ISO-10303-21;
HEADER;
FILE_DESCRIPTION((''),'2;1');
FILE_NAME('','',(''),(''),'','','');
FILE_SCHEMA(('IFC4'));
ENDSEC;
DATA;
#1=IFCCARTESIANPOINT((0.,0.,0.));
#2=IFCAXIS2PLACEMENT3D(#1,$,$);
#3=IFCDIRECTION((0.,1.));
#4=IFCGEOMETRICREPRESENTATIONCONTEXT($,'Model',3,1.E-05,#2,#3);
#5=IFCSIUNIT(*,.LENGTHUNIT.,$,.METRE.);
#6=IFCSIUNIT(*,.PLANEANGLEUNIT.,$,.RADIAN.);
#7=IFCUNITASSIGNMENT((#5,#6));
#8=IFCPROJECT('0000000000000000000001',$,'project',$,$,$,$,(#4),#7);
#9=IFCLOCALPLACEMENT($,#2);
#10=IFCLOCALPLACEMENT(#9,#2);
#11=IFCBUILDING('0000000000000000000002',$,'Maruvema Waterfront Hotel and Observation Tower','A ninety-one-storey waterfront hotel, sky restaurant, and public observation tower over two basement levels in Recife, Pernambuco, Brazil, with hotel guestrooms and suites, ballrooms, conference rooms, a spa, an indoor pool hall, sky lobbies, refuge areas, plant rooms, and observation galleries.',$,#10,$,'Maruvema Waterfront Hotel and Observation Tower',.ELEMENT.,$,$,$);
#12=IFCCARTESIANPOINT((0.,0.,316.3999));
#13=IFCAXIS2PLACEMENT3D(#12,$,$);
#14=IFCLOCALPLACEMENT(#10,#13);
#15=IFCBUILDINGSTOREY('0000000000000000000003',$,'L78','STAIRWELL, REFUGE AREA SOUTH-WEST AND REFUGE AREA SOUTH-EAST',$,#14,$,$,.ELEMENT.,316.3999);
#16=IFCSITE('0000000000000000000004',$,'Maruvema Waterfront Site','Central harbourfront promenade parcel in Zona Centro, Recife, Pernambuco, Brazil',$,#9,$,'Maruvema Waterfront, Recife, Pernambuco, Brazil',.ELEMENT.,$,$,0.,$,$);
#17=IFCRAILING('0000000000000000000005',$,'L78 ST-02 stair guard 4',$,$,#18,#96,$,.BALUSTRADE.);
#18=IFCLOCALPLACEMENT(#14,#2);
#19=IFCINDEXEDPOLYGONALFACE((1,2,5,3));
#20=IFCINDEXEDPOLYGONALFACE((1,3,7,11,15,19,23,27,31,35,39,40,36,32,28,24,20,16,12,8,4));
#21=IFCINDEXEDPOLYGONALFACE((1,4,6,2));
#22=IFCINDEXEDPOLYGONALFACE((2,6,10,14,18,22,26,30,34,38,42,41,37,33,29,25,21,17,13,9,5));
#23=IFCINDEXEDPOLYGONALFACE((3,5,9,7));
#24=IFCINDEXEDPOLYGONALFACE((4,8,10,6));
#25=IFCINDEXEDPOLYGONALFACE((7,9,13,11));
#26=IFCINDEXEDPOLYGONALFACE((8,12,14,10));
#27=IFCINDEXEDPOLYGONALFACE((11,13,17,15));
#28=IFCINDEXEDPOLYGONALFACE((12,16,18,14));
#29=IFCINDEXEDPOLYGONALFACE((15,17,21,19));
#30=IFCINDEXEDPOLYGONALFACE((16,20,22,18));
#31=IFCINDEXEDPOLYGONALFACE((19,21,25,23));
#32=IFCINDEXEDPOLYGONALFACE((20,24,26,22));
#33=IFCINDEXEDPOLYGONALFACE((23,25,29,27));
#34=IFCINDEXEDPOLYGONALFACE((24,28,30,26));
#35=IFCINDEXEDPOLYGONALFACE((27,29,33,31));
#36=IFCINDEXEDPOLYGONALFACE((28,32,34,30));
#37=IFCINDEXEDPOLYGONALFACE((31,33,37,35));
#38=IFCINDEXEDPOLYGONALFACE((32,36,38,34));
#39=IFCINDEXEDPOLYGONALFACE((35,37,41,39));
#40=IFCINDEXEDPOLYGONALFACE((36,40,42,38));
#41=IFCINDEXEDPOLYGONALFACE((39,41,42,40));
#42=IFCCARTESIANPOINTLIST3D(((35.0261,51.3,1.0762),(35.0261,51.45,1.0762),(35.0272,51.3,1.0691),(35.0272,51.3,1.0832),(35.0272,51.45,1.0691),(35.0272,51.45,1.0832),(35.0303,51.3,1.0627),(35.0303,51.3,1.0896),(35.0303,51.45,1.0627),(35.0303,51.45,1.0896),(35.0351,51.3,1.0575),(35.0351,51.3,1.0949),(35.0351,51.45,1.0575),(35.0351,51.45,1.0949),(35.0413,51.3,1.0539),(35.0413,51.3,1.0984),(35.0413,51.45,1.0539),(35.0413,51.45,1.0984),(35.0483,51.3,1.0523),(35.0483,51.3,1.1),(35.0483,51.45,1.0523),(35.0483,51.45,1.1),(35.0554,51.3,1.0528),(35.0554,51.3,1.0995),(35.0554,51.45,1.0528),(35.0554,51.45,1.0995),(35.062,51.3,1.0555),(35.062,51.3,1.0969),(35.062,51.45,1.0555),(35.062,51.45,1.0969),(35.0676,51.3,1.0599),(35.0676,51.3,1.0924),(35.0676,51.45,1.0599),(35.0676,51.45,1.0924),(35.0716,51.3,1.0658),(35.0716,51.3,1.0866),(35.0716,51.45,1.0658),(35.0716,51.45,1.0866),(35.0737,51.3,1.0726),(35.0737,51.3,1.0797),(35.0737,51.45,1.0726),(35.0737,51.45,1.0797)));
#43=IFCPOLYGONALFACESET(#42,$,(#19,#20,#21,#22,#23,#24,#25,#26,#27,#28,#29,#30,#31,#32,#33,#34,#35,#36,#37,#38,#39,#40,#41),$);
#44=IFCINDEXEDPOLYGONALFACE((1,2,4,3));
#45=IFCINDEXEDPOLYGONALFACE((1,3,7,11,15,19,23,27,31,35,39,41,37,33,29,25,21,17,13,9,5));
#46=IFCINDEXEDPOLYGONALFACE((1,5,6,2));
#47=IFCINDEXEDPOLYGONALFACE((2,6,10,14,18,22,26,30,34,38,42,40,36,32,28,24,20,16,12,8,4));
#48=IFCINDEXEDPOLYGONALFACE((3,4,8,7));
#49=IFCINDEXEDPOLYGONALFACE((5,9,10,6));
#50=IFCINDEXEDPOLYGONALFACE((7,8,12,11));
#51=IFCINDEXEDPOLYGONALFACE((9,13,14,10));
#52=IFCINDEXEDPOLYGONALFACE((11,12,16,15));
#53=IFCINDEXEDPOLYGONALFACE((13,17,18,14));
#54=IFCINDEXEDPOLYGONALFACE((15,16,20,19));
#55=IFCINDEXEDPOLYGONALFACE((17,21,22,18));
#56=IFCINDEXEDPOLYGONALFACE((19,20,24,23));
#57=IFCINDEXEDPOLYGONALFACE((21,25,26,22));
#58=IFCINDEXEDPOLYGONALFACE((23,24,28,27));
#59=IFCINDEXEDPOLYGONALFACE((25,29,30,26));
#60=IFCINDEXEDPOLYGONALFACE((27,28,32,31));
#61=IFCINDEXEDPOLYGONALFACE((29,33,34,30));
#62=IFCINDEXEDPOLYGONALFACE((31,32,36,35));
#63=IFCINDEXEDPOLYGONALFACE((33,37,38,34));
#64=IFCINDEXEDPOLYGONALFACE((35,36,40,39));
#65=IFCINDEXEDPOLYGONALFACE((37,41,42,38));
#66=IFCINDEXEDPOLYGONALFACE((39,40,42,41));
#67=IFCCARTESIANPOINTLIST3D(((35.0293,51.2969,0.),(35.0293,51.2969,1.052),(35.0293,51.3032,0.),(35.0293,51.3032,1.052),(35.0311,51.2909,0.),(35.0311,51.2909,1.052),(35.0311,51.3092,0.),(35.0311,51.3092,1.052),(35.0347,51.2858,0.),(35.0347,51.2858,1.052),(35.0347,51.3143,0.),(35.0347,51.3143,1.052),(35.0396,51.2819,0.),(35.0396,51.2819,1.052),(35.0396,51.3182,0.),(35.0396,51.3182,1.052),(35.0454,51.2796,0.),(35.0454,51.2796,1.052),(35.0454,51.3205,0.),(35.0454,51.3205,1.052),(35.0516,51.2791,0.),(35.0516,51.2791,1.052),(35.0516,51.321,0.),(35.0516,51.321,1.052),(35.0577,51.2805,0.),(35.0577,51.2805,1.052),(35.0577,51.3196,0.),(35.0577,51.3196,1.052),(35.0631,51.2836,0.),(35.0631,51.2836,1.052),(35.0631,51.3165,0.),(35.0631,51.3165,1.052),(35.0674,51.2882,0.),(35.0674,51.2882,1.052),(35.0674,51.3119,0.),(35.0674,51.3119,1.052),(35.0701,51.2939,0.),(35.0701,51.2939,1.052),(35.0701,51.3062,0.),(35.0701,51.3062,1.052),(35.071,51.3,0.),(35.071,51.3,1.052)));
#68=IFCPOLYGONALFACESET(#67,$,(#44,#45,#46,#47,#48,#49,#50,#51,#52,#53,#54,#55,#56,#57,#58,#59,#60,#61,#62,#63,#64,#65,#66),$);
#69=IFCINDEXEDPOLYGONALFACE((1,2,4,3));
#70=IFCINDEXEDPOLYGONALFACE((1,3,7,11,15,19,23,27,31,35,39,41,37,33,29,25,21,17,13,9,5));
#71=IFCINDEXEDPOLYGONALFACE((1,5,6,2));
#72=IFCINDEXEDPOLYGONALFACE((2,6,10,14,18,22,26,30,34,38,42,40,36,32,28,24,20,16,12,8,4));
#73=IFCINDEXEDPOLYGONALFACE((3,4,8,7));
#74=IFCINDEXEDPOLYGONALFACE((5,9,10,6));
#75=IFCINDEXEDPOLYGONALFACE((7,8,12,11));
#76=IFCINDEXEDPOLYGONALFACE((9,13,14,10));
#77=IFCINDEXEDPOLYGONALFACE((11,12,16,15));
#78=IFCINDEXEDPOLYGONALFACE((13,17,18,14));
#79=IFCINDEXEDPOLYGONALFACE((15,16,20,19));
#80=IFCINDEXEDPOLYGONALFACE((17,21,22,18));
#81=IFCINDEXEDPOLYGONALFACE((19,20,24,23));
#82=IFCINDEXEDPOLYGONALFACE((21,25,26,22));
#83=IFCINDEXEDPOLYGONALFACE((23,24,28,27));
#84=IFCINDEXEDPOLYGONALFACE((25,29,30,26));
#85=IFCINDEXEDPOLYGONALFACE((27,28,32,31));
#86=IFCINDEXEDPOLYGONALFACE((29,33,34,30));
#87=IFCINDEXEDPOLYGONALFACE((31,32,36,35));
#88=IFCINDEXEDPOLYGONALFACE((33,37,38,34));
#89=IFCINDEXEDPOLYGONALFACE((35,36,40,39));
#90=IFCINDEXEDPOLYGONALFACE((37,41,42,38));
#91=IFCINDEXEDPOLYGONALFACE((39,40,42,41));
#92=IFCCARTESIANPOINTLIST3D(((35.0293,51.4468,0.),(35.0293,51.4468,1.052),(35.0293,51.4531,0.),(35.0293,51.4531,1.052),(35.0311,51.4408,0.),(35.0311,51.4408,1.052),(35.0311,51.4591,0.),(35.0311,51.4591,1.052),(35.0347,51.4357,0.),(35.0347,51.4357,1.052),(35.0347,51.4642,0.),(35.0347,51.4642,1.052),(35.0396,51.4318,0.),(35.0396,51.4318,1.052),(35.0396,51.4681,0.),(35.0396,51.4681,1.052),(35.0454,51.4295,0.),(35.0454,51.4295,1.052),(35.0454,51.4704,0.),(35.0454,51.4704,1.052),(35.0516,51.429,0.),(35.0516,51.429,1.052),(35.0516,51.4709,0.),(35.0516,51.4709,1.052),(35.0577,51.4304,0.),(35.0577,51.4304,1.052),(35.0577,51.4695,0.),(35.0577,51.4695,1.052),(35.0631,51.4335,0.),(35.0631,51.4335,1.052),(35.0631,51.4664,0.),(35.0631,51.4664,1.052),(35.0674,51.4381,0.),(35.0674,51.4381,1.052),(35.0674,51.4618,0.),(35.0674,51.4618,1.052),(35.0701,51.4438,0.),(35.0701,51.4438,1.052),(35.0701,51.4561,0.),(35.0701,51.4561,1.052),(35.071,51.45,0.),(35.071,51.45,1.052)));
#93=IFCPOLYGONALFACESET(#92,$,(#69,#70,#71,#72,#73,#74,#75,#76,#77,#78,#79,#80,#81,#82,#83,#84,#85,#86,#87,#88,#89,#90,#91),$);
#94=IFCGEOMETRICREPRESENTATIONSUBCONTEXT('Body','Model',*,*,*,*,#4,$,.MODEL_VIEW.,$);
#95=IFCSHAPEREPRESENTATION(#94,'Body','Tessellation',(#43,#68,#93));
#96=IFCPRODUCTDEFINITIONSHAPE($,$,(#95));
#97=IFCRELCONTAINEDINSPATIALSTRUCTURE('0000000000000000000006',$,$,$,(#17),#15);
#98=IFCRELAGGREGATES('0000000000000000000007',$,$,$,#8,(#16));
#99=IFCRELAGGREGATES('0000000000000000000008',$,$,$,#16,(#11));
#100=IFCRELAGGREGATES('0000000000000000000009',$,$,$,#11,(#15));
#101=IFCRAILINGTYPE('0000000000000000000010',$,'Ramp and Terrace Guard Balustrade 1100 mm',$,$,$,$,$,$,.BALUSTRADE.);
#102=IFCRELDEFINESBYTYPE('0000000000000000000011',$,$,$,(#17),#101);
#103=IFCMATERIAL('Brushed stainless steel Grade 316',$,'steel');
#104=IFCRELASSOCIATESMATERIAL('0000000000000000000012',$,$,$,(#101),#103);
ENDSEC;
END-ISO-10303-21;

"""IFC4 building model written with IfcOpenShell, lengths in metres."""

from ifc_helpers import new_model, si_unit, direction, frame, origin, origin_2d, place, context, subcontext, project, spatial, circle, extrude, material, type_object, element, save


model = new_model("IFC4")

# Units and contexts
model_context = context("Model", 3, precision=1e-05, world=origin(), true_north=direction((0.0, 1.0)))
body_context = subcontext(model_context, "Body", "Model", "MODEL_VIEW")
ifc_project = project(units=[si_unit("LENGTHUNIT", "METRE"), si_unit("PLANEANGLEUNIT", "RADIAN")], contexts=[model_context])

# Site, building, storey
site_placement = place(None, origin())
site = spatial("IfcSite", under=ifc_project, at=site_placement, Name="Maruvema Waterfront Site", Description="Central harbourfront promenade parcel in Zona Centro, Recife, Pernambuco, Brazil", LongName="Maruvema Waterfront, Recife, Pernambuco, Brazil", CompositionType="ELEMENT", RefElevation=0.0)
building_placement = place(site_placement, origin())
building = spatial("IfcBuilding", under=site, at=building_placement, Name="Maruvema Waterfront Hotel and Observation Tower", Description="A ninety-one-storey waterfront hotel, sky restaurant, and public observation tower over two basement levels in Recife, Pernambuco, Brazil, with hotel guestrooms and suites, ballrooms, conference rooms, a spa, an indoor pool hall, sky lobbies, refuge areas, plant rooms, and observation galleries.", LongName="Maruvema Waterfront Hotel and Observation Tower", CompositionType="ELEMENT")
storey_placement = place(building_placement, frame((0.0, 0.0, 316.3999)))
storey = spatial("IfcBuildingStorey", under=building, at=storey_placement, Name="L78", Description="STAIRWELL, REFUGE AREA SOUTH-WEST AND REFUGE AREA SOUTH-EAST", CompositionType="ELEMENT", Elevation=316.3999)

# Railing
ifc_material_1 = material(Name="Brushed stainless steel Grade 316", Category="steel")
railing_type_1 = type_object("IfcRailingType", Name="Ramp and Terrace Guard Balustrade 1100 mm", PredefinedType="BALUSTRADE", material=ifc_material_1)
railing_1_placement = place(storey_placement, frame((35.05, 51.3, 0.0)))
element("IfcRailing", 1, at=railing_1_placement, inside=storey, type_object=railing_type_1, Name="L78 ST-02 stair guard 4", PredefinedType="BALUSTRADE", context=body_context, shape_type="SweptSolid", body=[
    extrude(circle(Radius=0.0239, at=origin_2d()), frame((0.0, 0.0, 1.0762), z_axis=(0.0, 1.0, 0.0), x_axis=(-1.0, 0.0, 0.0)), (0.0, 0.0, 1.0), 0.1499),
    extrude(circle(Radius=0.021, at=origin_2d()), origin(), (0.0, 0.0, 1.0), 1.052),
    extrude(circle(Radius=0.021, at=origin_2d()), frame((0.0, 0.1499, 0.0)), (0.0, 0.0, 1.0), 1.052),
])

save(model, "model.ifc")
